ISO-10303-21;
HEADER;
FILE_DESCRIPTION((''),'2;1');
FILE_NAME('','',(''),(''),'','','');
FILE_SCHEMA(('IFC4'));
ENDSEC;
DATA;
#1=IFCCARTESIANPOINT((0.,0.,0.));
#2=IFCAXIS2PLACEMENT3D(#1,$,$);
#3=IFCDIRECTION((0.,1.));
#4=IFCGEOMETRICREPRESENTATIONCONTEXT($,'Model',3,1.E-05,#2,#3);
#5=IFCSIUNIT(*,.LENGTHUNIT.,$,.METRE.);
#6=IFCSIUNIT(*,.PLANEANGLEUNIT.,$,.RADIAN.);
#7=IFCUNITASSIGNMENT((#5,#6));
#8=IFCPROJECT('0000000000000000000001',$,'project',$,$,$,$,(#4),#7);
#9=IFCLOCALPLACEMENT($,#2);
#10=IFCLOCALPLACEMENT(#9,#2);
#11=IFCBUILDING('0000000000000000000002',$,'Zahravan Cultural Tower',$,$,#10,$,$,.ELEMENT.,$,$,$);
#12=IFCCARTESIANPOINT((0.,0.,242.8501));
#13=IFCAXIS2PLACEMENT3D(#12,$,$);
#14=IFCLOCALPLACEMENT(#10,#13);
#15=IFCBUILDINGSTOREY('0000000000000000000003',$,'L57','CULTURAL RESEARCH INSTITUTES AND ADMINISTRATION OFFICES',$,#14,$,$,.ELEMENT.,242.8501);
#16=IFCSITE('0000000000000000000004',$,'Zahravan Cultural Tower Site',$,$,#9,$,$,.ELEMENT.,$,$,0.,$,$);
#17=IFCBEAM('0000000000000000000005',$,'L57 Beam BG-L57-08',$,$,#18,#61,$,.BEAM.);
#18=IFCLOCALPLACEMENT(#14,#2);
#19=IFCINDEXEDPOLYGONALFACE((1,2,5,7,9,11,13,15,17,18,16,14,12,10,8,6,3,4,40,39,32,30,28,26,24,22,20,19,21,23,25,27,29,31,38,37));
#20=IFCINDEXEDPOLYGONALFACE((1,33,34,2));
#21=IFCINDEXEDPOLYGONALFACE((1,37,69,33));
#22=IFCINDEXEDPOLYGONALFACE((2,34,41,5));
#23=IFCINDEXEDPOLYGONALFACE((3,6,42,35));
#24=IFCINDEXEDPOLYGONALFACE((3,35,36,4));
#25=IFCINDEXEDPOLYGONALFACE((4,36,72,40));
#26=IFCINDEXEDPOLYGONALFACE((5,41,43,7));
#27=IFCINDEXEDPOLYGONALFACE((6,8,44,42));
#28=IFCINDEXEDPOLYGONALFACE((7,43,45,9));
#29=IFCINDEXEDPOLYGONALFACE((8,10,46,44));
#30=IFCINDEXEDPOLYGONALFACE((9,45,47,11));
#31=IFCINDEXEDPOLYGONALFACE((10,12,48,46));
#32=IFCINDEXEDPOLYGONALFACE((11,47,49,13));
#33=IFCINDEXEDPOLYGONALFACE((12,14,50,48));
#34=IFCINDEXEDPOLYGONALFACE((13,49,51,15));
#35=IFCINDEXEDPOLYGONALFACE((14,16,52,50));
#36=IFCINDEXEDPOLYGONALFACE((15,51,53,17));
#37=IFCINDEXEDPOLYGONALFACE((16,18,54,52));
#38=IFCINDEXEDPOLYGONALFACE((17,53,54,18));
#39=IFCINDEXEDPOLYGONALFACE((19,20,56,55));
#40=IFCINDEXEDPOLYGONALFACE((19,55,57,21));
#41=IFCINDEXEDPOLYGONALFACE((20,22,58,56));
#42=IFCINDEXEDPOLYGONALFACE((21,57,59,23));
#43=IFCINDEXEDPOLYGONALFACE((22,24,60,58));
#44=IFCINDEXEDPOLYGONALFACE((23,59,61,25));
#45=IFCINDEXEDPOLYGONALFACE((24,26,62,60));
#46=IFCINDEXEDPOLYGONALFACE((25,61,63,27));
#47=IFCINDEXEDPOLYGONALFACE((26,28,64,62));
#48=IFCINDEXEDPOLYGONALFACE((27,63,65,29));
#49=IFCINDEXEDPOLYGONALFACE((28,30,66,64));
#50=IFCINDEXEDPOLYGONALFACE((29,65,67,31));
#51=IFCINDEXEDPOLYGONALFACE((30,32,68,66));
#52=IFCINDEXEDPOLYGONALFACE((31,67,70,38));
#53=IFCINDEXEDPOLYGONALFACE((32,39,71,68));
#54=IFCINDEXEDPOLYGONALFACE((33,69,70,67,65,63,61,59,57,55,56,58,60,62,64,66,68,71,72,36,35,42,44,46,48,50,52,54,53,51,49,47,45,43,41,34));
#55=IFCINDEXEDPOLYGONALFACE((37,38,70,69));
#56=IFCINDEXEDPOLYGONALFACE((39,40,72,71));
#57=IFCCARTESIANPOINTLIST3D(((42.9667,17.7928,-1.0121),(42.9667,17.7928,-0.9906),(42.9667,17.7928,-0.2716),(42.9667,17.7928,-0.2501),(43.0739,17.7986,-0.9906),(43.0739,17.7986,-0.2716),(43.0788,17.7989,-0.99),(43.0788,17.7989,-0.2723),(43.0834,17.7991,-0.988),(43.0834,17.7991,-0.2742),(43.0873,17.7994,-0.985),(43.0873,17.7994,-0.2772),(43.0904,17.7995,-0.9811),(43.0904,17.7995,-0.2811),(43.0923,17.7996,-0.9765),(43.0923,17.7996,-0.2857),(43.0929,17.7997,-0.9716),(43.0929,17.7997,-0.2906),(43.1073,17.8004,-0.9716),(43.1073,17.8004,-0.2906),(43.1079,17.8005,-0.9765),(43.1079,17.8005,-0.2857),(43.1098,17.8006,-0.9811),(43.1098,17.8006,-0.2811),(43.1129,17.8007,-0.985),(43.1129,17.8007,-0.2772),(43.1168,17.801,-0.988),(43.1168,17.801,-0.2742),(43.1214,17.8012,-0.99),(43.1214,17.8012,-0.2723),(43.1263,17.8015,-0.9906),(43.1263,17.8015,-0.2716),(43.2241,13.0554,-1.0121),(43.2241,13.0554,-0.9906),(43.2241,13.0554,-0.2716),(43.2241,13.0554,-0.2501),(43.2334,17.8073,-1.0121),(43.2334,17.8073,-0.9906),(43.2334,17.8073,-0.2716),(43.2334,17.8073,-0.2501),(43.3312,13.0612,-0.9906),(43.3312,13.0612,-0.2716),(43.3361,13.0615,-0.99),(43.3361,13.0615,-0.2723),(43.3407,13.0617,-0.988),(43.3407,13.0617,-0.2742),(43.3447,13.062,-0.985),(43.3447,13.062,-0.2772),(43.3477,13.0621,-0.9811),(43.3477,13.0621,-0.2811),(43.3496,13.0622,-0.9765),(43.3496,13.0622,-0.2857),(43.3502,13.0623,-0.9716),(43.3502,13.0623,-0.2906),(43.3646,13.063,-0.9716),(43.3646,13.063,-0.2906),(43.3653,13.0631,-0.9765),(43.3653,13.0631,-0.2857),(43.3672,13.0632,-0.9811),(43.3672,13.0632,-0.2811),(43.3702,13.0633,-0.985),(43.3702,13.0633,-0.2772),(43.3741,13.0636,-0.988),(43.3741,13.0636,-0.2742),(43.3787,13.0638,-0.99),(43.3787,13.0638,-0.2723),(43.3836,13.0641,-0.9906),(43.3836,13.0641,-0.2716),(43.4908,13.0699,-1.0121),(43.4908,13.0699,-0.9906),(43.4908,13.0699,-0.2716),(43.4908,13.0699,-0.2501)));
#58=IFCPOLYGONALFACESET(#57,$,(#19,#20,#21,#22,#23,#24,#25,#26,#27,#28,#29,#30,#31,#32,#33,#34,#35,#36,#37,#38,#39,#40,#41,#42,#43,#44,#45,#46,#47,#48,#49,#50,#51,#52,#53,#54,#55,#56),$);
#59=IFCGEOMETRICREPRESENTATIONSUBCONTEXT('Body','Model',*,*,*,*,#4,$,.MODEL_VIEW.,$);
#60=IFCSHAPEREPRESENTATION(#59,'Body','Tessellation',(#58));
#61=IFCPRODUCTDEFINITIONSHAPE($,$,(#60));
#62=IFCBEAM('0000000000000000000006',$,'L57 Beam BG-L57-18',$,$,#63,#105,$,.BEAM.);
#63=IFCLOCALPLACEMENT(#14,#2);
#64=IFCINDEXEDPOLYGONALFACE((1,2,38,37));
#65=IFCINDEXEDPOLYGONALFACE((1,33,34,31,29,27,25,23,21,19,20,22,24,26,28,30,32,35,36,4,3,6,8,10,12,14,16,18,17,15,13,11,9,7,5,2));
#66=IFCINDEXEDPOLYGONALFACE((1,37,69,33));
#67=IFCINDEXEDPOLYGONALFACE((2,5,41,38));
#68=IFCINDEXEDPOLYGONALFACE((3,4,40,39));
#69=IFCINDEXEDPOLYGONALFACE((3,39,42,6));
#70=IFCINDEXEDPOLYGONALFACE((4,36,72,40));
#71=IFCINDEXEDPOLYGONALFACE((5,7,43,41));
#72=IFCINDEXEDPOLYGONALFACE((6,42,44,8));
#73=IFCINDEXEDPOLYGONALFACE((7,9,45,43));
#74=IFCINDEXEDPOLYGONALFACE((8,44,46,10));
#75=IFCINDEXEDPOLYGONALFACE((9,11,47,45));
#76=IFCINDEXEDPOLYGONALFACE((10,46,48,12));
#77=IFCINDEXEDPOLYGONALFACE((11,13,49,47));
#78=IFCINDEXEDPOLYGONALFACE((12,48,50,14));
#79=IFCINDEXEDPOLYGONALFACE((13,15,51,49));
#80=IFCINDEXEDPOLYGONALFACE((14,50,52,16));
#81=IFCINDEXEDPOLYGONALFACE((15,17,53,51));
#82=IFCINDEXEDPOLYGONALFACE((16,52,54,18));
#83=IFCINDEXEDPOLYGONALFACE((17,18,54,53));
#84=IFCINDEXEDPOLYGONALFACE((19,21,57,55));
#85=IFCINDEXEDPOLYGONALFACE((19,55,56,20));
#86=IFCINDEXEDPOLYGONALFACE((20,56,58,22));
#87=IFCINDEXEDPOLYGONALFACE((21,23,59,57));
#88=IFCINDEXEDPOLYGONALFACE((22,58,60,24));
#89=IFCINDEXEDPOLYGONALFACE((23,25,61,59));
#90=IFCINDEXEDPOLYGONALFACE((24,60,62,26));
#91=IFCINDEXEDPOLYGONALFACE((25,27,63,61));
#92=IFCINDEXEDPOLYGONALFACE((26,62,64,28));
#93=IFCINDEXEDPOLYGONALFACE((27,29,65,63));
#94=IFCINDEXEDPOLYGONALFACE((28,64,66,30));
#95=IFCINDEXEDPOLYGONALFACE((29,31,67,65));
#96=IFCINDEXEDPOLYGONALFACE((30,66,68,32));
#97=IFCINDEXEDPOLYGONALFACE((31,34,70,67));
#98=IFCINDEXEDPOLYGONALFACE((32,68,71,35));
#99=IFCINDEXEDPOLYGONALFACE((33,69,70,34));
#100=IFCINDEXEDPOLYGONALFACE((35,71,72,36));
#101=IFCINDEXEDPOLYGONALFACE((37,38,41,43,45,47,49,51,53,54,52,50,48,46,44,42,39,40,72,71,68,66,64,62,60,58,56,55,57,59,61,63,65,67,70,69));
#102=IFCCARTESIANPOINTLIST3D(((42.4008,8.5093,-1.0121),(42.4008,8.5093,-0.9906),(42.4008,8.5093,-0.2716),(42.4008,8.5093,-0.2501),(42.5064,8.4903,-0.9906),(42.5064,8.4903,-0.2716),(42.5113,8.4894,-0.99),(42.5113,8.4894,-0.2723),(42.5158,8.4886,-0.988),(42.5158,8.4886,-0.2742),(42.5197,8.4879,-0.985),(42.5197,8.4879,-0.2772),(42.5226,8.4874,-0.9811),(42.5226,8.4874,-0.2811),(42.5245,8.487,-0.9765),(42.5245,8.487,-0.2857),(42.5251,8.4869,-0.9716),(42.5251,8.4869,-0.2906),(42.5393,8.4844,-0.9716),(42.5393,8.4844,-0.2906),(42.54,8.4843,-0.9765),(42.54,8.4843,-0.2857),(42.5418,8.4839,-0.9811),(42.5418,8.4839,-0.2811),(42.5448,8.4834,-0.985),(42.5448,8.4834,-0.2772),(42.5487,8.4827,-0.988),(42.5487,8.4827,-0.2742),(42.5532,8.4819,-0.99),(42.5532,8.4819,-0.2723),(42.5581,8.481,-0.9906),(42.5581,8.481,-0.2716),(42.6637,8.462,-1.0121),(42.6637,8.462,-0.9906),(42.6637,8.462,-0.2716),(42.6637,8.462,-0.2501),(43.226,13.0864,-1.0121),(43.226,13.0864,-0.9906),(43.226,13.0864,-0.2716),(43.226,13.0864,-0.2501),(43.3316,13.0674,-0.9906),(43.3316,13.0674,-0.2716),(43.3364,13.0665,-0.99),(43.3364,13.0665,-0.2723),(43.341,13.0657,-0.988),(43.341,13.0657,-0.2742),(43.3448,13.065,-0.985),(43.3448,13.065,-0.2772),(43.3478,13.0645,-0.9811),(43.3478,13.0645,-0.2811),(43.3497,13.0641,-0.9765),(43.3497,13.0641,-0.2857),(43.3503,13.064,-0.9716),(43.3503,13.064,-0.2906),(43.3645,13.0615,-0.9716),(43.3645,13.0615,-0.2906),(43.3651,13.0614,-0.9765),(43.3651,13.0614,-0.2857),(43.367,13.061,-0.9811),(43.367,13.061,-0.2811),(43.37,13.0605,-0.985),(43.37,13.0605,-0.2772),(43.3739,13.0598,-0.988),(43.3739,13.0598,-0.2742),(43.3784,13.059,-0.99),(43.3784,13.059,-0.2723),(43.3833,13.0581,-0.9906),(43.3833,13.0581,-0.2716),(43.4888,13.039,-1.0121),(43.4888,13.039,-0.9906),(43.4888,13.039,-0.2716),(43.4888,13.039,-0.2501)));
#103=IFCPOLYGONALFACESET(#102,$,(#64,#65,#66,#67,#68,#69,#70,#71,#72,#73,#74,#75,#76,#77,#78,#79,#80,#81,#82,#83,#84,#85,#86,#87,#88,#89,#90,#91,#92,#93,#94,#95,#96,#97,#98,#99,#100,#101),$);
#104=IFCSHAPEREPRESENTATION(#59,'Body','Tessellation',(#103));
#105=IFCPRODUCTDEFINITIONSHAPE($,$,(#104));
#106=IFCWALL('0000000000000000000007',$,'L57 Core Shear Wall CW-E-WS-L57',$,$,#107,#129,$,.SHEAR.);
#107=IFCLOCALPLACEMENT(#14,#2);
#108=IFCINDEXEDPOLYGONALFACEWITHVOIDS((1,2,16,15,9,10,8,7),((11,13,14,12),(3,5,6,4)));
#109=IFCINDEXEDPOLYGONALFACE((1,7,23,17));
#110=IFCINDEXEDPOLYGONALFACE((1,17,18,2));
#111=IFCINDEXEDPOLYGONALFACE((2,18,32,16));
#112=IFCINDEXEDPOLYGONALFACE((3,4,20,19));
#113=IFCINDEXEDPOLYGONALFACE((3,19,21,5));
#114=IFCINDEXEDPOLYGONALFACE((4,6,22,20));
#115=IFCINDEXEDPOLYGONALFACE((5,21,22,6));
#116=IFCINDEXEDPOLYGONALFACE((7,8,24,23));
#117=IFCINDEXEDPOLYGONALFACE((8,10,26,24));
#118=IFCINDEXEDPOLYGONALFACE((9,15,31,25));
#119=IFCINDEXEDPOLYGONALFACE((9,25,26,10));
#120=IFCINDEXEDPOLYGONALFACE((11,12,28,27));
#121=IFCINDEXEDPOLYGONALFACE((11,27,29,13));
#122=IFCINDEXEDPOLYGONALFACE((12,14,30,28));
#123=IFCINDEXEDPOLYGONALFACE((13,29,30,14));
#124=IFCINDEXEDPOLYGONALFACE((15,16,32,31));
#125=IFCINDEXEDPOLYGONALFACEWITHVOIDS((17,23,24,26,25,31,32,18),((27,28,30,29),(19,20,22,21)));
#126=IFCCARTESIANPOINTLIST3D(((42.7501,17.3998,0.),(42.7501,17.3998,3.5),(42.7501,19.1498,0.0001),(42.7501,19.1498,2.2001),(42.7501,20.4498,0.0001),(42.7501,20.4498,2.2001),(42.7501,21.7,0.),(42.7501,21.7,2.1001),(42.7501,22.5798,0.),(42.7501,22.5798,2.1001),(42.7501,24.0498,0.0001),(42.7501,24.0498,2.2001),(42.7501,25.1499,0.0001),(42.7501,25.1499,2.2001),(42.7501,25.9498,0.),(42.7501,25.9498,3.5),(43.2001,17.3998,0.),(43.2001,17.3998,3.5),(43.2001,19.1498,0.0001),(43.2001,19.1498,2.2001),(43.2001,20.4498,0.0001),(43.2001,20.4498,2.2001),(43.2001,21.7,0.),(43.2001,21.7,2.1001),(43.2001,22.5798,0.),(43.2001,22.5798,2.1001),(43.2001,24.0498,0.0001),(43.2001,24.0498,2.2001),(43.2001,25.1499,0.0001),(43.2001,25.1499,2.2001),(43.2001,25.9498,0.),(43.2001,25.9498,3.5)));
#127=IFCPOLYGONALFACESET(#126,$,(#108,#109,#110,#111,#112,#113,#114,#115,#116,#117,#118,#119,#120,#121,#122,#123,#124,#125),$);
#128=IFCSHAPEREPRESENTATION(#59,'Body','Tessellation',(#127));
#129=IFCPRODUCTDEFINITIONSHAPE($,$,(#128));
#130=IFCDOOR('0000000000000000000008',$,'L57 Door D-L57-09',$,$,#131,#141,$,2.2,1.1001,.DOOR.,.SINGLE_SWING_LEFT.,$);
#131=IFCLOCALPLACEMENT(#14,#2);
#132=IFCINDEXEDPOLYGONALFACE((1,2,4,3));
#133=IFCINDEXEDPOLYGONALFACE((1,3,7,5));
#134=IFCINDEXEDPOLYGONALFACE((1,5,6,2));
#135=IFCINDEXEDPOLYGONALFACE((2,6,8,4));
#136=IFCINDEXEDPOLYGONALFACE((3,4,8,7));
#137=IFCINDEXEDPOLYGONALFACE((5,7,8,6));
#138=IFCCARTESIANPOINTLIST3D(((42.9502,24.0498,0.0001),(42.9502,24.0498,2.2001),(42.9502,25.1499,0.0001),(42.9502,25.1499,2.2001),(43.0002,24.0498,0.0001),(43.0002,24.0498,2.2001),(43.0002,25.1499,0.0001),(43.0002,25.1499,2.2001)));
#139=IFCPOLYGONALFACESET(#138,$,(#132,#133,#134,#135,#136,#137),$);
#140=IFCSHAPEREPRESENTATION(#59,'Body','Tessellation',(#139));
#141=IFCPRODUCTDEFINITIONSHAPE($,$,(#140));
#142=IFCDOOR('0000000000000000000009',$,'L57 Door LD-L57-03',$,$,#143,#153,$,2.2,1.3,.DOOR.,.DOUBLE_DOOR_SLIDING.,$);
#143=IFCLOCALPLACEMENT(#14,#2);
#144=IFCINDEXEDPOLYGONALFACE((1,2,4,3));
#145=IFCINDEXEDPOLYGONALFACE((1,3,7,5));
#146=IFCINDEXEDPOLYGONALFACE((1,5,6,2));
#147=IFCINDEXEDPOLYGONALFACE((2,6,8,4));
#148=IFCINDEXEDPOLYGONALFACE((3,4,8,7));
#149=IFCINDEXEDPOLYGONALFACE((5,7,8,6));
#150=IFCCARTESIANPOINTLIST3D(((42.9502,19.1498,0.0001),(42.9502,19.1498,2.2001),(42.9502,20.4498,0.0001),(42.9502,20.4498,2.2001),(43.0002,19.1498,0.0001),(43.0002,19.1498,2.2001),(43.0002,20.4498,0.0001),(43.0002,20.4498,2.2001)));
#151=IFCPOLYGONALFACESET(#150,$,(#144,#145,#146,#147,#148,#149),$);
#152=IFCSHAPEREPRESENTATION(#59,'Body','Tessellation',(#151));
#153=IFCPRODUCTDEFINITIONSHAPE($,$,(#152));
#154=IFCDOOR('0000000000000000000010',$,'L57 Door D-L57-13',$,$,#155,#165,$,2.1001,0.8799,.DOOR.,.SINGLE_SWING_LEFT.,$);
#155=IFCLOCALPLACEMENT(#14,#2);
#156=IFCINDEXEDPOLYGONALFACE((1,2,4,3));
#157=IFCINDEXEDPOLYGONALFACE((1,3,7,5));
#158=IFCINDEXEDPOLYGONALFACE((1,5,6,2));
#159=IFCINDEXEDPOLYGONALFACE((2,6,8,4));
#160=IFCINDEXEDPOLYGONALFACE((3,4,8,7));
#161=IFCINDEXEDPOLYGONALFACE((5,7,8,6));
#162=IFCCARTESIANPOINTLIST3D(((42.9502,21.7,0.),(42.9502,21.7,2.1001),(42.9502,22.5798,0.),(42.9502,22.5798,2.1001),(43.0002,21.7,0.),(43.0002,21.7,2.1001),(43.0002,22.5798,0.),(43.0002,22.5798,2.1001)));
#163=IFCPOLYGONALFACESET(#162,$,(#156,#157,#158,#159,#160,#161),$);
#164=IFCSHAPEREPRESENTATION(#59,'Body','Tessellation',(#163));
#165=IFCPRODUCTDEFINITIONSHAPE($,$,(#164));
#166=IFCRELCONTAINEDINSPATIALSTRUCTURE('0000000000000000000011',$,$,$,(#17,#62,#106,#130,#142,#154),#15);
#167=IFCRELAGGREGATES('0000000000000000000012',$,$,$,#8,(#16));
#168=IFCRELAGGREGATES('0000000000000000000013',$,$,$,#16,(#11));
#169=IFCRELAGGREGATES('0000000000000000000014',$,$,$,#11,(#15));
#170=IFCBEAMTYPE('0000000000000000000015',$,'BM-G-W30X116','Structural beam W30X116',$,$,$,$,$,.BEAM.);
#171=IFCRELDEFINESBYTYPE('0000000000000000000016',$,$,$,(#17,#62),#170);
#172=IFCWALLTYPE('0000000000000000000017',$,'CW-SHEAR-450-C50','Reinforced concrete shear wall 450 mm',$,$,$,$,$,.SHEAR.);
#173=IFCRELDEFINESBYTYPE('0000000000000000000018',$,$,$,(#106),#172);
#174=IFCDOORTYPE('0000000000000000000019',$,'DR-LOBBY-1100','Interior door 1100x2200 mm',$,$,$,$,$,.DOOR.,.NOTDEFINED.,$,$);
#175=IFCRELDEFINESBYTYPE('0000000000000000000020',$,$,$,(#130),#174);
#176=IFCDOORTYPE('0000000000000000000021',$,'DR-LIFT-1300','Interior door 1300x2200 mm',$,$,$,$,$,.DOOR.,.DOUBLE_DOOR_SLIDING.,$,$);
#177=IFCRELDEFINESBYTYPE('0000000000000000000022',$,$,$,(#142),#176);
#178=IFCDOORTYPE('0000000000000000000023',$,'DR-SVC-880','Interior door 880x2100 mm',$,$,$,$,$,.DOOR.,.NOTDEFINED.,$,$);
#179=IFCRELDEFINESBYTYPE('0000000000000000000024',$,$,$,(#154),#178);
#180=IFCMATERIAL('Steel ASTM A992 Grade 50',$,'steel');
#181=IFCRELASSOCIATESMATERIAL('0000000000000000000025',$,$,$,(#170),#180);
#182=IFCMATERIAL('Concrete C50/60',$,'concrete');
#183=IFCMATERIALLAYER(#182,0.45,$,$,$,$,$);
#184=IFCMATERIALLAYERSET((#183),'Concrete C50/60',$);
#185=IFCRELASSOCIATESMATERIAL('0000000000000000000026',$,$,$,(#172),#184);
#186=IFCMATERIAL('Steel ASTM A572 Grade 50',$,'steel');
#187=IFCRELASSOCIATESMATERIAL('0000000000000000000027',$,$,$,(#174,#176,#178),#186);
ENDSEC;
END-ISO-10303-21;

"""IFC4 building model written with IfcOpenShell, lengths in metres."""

from ifc_helpers import new_model, si_unit, direction, frame, frame_2d, origin, origin_2d, place, context, subcontext, project, spatial, rectangle, i_section, extrude, source, transform, mapped, material, layer, layer_set, material_profile, profile_set, type_object, element, fill, save


model = new_model("IFC4")

# Units and contexts
model_context = context("Model", 3, precision=1e-05, world=origin(), true_north=direction((0.0, 1.0)))
body_context = subcontext(model_context, "Body", "Model", "MODEL_VIEW")
ifc_project = project(units=[si_unit("LENGTHUNIT", "METRE"), si_unit("PLANEANGLEUNIT", "RADIAN")], contexts=[model_context])

# Site, building, storey
site_placement = place(None, origin())
site = spatial("IfcSite", under=ifc_project, at=site_placement, Name="Zahravan Cultural Tower Site", CompositionType="ELEMENT", RefElevation=0.0)
building_placement = place(site_placement, origin())
building = spatial("IfcBuilding", under=site, at=building_placement, Name="Zahravan Cultural Tower", CompositionType="ELEMENT")
storey_placement = place(building_placement, frame((0.0, 0.0, 242.8501)))
storey = spatial("IfcBuildingStorey", under=building, at=storey_placement, Name="L57", Description="CULTURAL RESEARCH INSTITUTES AND ADMINISTRATION OFFICES", CompositionType="ELEMENT", Elevation=242.8501)

# Shared definitions
ifc_material_1 = material(Name="Concrete C50/60", Category="concrete")
ifc_material_2 = material(Name="Steel ASTM A992 Grade 50", Category="steel")

# Beams
ifc_material_profile_1 = material_profile(ifc_material_2, i_section(OverallWidth=0.2671, OverallDepth=0.762, WebThickness=0.0144, FlangeThickness=0.0215, FilletRadius=0.019, at=origin_2d()), Name="W30X116")
ifc_profile_set_1 = profile_set([ifc_material_profile_1], Name="Steel ASTM A992 Grade 50")
beam_type_1 = type_object("IfcBeamType", Name="BM-G-W30X116", Description="Structural beam W30X116", PredefinedType="BEAM", material=ifc_profile_set_1)
shared_shape_1 = source(origin(), body_context, "Body", "SweptSolid", [
    extrude(i_section(OverallWidth=0.2671, OverallDepth=0.762, WebThickness=0.0144, FlangeThickness=0.0215, FilletRadius=0.019, at=origin_2d()), origin(), (0.0, 0.0, 1.0), 4.7444),
])
beam_1_placement = place(storey_placement, frame((43.1001, 17.8, -0.6311), z_axis=(0.054239, -0.998528, 0.0), x_axis=(0.998528, 0.054239, 0.0)))
element("IfcBeam", 1, at=beam_1_placement, inside=storey, type_object=beam_type_1, Name="L57 Beam BG-L57-08", PredefinedType="BEAM", context=body_context, shape_type="MappedRepresentation", body=[
    mapped(shared_shape_1, transform((0.0, 0.0, 0.0), x_axis=(1.0, 0.0, 0.0), y_axis=(0.0, 1.0, 0.0), z_axis=(0.0, 0.0, 1.0), scale=1.0)),
])
shared_shape_2 = source(origin(), body_context, "Body", "SweptSolid", [
    extrude(i_section(OverallWidth=0.2671, OverallDepth=0.762, WebThickness=0.0144, FlangeThickness=0.0215, FilletRadius=0.019, at=origin_2d()), origin(), (0.0, 0.0, 1.0), 4.6509),
])
beam_2_placement = place(storey_placement, frame((43.3574, 13.0627, -0.6311), z_axis=(-0.177426, -0.984134, 0.0), x_axis=(0.984134, -0.177426, 0.0)))
element("IfcBeam", 2, at=beam_2_placement, inside=storey, type_object=beam_type_1, Name="L57 Beam BG-L57-18", PredefinedType="BEAM", context=body_context, shape_type="MappedRepresentation", body=[
    mapped(shared_shape_2, transform((0.0, 0.0, 0.0), x_axis=(1.0, 0.0, 0.0), y_axis=(0.0, 1.0, 0.0), z_axis=(0.0, 0.0, 1.0), scale=1.0)),
])

# Wall, openings, doors
ifc_layer_1 = layer(ifc_material_1, 0.45)
ifc_layer_set_1 = layer_set([ifc_layer_1], Name="Concrete C50/60")
wall_type_1 = type_object("IfcWallType", Name="CW-SHEAR-450-C50", Description="Reinforced concrete shear wall 450 mm", PredefinedType="SHEAR", material=ifc_layer_set_1)
wall_1_placement = place(storey_placement, frame((42.9751, 17.3999, 0.0), z_axis=(0.0, 0.0, 1.0), x_axis=(0.0, 1.0, 0.0)))
wall_1 = element("IfcWall", 3, at=wall_1_placement, inside=storey, type_object=wall_type_1, Name="L57 Core Shear Wall CW-E-WS-L57", PredefinedType="SHEAR", context=body_context, shape_type="SweptSolid", body=[
    extrude(rectangle(XDim=8.55, YDim=0.45, at=frame_2d((4.2749, 0.0))), origin(), (0.0, 0.0, 1.0), 3.5),
])
opening_1_placement = place(wall_1_placement, frame((6.6499, 0.0, 0.0)))
opening_1 = element("IfcOpeningElement", 4, at=opening_1_placement, cuts=wall_1, PredefinedType="OPENING", context=body_context, shape_type="SweptSolid", body=[
    extrude(rectangle(XDim=1.1001, YDim=2.2, at=frame_2d((0.55, 1.1001))), frame((0.0, 0.2349, 0.0), z_axis=(0.0, -1.0, 0.0), x_axis=(1.0, 0.0, 0.0)), (0.0, 0.0, 1.0), 0.47),
])
opening_2_placement = place(wall_1_placement, frame((1.75, 0.0, 0.0)))
opening_2 = element("IfcOpeningElement", 5, at=opening_2_placement, cuts=wall_1, PredefinedType="OPENING", context=body_context, shape_type="SweptSolid", body=[
    extrude(rectangle(XDim=1.3, YDim=2.2, at=frame_2d((0.6499, 1.1001))), frame((0.0, 0.2349, 0.0), z_axis=(0.0, -1.0, 0.0), x_axis=(1.0, 0.0, 0.0)), (0.0, 0.0, 1.0), 0.47),
])
opening_3_placement = place(wall_1_placement, frame((4.3, 0.0, 0.0)))
opening_3 = element("IfcOpeningElement", 6, at=opening_3_placement, cuts=wall_1, PredefinedType="OPENING", context=body_context, shape_type="SweptSolid", body=[
    extrude(rectangle(XDim=0.8799, YDim=2.1001, at=frame_2d((0.4399, 1.05))), frame((0.0, 0.2349, 0.0), z_axis=(0.0, -1.0, 0.0), x_axis=(1.0, 0.0, 0.0)), (0.0, 0.0, 1.0), 0.47),
])
ifc_material_3 = material(Name="Steel ASTM A572 Grade 50", Category="steel")
door_type_1 = type_object("IfcDoorType", Name="DR-LOBBY-1100", Description="Interior door 1100x2200 mm", OperationType="NOTDEFINED", PredefinedType="DOOR", material=ifc_material_3)
shared_shape_3 = source(origin(), body_context, "Body", "SweptSolid", [
    extrude(rectangle(XDim=1.1001, YDim=2.2, at=frame_2d((0.55, 1.1001))), frame((0.0, 0.0249, 0.0), z_axis=(0.0, -1.0, 0.0), x_axis=(1.0, 0.0, 0.0)), (0.0, 0.0, 1.0), 0.05),
])
door_1_placement = place(opening_1_placement, origin())
door_1 = element("IfcDoor", 7, at=door_1_placement, inside=storey, type_object=door_type_1, Name="L57 Door D-L57-09", OperationType="SINGLE_SWING_LEFT", OverallHeight=2.2, OverallWidth=1.1001, PredefinedType="DOOR", context=body_context, shape_type="MappedRepresentation", body=[
    mapped(shared_shape_3, transform((0.0, 0.0, 0.0), x_axis=(1.0, 0.0, 0.0), y_axis=(0.0, 1.0, 0.0), z_axis=(0.0, 0.0, 1.0), scale=1.0)),
])
fill(opening_1, door_1)
door_type_2 = type_object("IfcDoorType", Name="DR-LIFT-1300", Description="Interior door 1300x2200 mm", OperationType="DOUBLE_DOOR_SLIDING", PredefinedType="DOOR", material=ifc_material_3)
shared_shape_4 = source(origin(), body_context, "Body", "SweptSolid", [
    extrude(rectangle(XDim=1.3, YDim=2.2, at=frame_2d((0.6499, 1.1001))), frame((0.0, 0.0249, 0.0), z_axis=(0.0, -1.0, 0.0), x_axis=(1.0, 0.0, 0.0)), (0.0, 0.0, 1.0), 0.05),
])
door_2_placement = place(opening_2_placement, origin())
door_2 = element("IfcDoor", 8, at=door_2_placement, inside=storey, type_object=door_type_2, Name="L57 Door LD-L57-03", OperationType="DOUBLE_DOOR_SLIDING", OverallHeight=2.2, OverallWidth=1.3, PredefinedType="DOOR", context=body_context, shape_type="MappedRepresentation", body=[
    mapped(shared_shape_4, transform((0.0, 0.0, 0.0), x_axis=(1.0, 0.0, 0.0), y_axis=(0.0, 1.0, 0.0), z_axis=(0.0, 0.0, 1.0), scale=1.0)),
])
fill(opening_2, door_2)
door_type_3 = type_object("IfcDoorType", Name="DR-SVC-880", Description="Interior door 880x2100 mm", OperationType="NOTDEFINED", PredefinedType="DOOR", material=ifc_material_3)
shared_shape_5 = source(origin(), body_context, "Body", "SweptSolid", [
    extrude(rectangle(XDim=0.8799, YDim=2.1001, at=frame_2d((0.4399, 1.05))), frame((0.0, 0.0249, 0.0), z_axis=(0.0, -1.0, 0.0), x_axis=(1.0, 0.0, 0.0)), (0.0, 0.0, 1.0), 0.05),
])
door_3_placement = place(opening_3_placement, origin())
door_3 = element("IfcDoor", 9, at=door_3_placement, inside=storey, type_object=door_type_3, Name="L57 Door D-L57-13", OperationType="SINGLE_SWING_LEFT", OverallHeight=2.1001, OverallWidth=0.8799, PredefinedType="DOOR", context=body_context, shape_type="MappedRepresentation", body=[
    mapped(shared_shape_5, transform((0.0, 0.0, 0.0), x_axis=(1.0, 0.0, 0.0), y_axis=(0.0, 1.0, 0.0), z_axis=(0.0, 0.0, 1.0), scale=1.0)),
])
fill(opening_3, door_3)

save(model, "model.ifc")
